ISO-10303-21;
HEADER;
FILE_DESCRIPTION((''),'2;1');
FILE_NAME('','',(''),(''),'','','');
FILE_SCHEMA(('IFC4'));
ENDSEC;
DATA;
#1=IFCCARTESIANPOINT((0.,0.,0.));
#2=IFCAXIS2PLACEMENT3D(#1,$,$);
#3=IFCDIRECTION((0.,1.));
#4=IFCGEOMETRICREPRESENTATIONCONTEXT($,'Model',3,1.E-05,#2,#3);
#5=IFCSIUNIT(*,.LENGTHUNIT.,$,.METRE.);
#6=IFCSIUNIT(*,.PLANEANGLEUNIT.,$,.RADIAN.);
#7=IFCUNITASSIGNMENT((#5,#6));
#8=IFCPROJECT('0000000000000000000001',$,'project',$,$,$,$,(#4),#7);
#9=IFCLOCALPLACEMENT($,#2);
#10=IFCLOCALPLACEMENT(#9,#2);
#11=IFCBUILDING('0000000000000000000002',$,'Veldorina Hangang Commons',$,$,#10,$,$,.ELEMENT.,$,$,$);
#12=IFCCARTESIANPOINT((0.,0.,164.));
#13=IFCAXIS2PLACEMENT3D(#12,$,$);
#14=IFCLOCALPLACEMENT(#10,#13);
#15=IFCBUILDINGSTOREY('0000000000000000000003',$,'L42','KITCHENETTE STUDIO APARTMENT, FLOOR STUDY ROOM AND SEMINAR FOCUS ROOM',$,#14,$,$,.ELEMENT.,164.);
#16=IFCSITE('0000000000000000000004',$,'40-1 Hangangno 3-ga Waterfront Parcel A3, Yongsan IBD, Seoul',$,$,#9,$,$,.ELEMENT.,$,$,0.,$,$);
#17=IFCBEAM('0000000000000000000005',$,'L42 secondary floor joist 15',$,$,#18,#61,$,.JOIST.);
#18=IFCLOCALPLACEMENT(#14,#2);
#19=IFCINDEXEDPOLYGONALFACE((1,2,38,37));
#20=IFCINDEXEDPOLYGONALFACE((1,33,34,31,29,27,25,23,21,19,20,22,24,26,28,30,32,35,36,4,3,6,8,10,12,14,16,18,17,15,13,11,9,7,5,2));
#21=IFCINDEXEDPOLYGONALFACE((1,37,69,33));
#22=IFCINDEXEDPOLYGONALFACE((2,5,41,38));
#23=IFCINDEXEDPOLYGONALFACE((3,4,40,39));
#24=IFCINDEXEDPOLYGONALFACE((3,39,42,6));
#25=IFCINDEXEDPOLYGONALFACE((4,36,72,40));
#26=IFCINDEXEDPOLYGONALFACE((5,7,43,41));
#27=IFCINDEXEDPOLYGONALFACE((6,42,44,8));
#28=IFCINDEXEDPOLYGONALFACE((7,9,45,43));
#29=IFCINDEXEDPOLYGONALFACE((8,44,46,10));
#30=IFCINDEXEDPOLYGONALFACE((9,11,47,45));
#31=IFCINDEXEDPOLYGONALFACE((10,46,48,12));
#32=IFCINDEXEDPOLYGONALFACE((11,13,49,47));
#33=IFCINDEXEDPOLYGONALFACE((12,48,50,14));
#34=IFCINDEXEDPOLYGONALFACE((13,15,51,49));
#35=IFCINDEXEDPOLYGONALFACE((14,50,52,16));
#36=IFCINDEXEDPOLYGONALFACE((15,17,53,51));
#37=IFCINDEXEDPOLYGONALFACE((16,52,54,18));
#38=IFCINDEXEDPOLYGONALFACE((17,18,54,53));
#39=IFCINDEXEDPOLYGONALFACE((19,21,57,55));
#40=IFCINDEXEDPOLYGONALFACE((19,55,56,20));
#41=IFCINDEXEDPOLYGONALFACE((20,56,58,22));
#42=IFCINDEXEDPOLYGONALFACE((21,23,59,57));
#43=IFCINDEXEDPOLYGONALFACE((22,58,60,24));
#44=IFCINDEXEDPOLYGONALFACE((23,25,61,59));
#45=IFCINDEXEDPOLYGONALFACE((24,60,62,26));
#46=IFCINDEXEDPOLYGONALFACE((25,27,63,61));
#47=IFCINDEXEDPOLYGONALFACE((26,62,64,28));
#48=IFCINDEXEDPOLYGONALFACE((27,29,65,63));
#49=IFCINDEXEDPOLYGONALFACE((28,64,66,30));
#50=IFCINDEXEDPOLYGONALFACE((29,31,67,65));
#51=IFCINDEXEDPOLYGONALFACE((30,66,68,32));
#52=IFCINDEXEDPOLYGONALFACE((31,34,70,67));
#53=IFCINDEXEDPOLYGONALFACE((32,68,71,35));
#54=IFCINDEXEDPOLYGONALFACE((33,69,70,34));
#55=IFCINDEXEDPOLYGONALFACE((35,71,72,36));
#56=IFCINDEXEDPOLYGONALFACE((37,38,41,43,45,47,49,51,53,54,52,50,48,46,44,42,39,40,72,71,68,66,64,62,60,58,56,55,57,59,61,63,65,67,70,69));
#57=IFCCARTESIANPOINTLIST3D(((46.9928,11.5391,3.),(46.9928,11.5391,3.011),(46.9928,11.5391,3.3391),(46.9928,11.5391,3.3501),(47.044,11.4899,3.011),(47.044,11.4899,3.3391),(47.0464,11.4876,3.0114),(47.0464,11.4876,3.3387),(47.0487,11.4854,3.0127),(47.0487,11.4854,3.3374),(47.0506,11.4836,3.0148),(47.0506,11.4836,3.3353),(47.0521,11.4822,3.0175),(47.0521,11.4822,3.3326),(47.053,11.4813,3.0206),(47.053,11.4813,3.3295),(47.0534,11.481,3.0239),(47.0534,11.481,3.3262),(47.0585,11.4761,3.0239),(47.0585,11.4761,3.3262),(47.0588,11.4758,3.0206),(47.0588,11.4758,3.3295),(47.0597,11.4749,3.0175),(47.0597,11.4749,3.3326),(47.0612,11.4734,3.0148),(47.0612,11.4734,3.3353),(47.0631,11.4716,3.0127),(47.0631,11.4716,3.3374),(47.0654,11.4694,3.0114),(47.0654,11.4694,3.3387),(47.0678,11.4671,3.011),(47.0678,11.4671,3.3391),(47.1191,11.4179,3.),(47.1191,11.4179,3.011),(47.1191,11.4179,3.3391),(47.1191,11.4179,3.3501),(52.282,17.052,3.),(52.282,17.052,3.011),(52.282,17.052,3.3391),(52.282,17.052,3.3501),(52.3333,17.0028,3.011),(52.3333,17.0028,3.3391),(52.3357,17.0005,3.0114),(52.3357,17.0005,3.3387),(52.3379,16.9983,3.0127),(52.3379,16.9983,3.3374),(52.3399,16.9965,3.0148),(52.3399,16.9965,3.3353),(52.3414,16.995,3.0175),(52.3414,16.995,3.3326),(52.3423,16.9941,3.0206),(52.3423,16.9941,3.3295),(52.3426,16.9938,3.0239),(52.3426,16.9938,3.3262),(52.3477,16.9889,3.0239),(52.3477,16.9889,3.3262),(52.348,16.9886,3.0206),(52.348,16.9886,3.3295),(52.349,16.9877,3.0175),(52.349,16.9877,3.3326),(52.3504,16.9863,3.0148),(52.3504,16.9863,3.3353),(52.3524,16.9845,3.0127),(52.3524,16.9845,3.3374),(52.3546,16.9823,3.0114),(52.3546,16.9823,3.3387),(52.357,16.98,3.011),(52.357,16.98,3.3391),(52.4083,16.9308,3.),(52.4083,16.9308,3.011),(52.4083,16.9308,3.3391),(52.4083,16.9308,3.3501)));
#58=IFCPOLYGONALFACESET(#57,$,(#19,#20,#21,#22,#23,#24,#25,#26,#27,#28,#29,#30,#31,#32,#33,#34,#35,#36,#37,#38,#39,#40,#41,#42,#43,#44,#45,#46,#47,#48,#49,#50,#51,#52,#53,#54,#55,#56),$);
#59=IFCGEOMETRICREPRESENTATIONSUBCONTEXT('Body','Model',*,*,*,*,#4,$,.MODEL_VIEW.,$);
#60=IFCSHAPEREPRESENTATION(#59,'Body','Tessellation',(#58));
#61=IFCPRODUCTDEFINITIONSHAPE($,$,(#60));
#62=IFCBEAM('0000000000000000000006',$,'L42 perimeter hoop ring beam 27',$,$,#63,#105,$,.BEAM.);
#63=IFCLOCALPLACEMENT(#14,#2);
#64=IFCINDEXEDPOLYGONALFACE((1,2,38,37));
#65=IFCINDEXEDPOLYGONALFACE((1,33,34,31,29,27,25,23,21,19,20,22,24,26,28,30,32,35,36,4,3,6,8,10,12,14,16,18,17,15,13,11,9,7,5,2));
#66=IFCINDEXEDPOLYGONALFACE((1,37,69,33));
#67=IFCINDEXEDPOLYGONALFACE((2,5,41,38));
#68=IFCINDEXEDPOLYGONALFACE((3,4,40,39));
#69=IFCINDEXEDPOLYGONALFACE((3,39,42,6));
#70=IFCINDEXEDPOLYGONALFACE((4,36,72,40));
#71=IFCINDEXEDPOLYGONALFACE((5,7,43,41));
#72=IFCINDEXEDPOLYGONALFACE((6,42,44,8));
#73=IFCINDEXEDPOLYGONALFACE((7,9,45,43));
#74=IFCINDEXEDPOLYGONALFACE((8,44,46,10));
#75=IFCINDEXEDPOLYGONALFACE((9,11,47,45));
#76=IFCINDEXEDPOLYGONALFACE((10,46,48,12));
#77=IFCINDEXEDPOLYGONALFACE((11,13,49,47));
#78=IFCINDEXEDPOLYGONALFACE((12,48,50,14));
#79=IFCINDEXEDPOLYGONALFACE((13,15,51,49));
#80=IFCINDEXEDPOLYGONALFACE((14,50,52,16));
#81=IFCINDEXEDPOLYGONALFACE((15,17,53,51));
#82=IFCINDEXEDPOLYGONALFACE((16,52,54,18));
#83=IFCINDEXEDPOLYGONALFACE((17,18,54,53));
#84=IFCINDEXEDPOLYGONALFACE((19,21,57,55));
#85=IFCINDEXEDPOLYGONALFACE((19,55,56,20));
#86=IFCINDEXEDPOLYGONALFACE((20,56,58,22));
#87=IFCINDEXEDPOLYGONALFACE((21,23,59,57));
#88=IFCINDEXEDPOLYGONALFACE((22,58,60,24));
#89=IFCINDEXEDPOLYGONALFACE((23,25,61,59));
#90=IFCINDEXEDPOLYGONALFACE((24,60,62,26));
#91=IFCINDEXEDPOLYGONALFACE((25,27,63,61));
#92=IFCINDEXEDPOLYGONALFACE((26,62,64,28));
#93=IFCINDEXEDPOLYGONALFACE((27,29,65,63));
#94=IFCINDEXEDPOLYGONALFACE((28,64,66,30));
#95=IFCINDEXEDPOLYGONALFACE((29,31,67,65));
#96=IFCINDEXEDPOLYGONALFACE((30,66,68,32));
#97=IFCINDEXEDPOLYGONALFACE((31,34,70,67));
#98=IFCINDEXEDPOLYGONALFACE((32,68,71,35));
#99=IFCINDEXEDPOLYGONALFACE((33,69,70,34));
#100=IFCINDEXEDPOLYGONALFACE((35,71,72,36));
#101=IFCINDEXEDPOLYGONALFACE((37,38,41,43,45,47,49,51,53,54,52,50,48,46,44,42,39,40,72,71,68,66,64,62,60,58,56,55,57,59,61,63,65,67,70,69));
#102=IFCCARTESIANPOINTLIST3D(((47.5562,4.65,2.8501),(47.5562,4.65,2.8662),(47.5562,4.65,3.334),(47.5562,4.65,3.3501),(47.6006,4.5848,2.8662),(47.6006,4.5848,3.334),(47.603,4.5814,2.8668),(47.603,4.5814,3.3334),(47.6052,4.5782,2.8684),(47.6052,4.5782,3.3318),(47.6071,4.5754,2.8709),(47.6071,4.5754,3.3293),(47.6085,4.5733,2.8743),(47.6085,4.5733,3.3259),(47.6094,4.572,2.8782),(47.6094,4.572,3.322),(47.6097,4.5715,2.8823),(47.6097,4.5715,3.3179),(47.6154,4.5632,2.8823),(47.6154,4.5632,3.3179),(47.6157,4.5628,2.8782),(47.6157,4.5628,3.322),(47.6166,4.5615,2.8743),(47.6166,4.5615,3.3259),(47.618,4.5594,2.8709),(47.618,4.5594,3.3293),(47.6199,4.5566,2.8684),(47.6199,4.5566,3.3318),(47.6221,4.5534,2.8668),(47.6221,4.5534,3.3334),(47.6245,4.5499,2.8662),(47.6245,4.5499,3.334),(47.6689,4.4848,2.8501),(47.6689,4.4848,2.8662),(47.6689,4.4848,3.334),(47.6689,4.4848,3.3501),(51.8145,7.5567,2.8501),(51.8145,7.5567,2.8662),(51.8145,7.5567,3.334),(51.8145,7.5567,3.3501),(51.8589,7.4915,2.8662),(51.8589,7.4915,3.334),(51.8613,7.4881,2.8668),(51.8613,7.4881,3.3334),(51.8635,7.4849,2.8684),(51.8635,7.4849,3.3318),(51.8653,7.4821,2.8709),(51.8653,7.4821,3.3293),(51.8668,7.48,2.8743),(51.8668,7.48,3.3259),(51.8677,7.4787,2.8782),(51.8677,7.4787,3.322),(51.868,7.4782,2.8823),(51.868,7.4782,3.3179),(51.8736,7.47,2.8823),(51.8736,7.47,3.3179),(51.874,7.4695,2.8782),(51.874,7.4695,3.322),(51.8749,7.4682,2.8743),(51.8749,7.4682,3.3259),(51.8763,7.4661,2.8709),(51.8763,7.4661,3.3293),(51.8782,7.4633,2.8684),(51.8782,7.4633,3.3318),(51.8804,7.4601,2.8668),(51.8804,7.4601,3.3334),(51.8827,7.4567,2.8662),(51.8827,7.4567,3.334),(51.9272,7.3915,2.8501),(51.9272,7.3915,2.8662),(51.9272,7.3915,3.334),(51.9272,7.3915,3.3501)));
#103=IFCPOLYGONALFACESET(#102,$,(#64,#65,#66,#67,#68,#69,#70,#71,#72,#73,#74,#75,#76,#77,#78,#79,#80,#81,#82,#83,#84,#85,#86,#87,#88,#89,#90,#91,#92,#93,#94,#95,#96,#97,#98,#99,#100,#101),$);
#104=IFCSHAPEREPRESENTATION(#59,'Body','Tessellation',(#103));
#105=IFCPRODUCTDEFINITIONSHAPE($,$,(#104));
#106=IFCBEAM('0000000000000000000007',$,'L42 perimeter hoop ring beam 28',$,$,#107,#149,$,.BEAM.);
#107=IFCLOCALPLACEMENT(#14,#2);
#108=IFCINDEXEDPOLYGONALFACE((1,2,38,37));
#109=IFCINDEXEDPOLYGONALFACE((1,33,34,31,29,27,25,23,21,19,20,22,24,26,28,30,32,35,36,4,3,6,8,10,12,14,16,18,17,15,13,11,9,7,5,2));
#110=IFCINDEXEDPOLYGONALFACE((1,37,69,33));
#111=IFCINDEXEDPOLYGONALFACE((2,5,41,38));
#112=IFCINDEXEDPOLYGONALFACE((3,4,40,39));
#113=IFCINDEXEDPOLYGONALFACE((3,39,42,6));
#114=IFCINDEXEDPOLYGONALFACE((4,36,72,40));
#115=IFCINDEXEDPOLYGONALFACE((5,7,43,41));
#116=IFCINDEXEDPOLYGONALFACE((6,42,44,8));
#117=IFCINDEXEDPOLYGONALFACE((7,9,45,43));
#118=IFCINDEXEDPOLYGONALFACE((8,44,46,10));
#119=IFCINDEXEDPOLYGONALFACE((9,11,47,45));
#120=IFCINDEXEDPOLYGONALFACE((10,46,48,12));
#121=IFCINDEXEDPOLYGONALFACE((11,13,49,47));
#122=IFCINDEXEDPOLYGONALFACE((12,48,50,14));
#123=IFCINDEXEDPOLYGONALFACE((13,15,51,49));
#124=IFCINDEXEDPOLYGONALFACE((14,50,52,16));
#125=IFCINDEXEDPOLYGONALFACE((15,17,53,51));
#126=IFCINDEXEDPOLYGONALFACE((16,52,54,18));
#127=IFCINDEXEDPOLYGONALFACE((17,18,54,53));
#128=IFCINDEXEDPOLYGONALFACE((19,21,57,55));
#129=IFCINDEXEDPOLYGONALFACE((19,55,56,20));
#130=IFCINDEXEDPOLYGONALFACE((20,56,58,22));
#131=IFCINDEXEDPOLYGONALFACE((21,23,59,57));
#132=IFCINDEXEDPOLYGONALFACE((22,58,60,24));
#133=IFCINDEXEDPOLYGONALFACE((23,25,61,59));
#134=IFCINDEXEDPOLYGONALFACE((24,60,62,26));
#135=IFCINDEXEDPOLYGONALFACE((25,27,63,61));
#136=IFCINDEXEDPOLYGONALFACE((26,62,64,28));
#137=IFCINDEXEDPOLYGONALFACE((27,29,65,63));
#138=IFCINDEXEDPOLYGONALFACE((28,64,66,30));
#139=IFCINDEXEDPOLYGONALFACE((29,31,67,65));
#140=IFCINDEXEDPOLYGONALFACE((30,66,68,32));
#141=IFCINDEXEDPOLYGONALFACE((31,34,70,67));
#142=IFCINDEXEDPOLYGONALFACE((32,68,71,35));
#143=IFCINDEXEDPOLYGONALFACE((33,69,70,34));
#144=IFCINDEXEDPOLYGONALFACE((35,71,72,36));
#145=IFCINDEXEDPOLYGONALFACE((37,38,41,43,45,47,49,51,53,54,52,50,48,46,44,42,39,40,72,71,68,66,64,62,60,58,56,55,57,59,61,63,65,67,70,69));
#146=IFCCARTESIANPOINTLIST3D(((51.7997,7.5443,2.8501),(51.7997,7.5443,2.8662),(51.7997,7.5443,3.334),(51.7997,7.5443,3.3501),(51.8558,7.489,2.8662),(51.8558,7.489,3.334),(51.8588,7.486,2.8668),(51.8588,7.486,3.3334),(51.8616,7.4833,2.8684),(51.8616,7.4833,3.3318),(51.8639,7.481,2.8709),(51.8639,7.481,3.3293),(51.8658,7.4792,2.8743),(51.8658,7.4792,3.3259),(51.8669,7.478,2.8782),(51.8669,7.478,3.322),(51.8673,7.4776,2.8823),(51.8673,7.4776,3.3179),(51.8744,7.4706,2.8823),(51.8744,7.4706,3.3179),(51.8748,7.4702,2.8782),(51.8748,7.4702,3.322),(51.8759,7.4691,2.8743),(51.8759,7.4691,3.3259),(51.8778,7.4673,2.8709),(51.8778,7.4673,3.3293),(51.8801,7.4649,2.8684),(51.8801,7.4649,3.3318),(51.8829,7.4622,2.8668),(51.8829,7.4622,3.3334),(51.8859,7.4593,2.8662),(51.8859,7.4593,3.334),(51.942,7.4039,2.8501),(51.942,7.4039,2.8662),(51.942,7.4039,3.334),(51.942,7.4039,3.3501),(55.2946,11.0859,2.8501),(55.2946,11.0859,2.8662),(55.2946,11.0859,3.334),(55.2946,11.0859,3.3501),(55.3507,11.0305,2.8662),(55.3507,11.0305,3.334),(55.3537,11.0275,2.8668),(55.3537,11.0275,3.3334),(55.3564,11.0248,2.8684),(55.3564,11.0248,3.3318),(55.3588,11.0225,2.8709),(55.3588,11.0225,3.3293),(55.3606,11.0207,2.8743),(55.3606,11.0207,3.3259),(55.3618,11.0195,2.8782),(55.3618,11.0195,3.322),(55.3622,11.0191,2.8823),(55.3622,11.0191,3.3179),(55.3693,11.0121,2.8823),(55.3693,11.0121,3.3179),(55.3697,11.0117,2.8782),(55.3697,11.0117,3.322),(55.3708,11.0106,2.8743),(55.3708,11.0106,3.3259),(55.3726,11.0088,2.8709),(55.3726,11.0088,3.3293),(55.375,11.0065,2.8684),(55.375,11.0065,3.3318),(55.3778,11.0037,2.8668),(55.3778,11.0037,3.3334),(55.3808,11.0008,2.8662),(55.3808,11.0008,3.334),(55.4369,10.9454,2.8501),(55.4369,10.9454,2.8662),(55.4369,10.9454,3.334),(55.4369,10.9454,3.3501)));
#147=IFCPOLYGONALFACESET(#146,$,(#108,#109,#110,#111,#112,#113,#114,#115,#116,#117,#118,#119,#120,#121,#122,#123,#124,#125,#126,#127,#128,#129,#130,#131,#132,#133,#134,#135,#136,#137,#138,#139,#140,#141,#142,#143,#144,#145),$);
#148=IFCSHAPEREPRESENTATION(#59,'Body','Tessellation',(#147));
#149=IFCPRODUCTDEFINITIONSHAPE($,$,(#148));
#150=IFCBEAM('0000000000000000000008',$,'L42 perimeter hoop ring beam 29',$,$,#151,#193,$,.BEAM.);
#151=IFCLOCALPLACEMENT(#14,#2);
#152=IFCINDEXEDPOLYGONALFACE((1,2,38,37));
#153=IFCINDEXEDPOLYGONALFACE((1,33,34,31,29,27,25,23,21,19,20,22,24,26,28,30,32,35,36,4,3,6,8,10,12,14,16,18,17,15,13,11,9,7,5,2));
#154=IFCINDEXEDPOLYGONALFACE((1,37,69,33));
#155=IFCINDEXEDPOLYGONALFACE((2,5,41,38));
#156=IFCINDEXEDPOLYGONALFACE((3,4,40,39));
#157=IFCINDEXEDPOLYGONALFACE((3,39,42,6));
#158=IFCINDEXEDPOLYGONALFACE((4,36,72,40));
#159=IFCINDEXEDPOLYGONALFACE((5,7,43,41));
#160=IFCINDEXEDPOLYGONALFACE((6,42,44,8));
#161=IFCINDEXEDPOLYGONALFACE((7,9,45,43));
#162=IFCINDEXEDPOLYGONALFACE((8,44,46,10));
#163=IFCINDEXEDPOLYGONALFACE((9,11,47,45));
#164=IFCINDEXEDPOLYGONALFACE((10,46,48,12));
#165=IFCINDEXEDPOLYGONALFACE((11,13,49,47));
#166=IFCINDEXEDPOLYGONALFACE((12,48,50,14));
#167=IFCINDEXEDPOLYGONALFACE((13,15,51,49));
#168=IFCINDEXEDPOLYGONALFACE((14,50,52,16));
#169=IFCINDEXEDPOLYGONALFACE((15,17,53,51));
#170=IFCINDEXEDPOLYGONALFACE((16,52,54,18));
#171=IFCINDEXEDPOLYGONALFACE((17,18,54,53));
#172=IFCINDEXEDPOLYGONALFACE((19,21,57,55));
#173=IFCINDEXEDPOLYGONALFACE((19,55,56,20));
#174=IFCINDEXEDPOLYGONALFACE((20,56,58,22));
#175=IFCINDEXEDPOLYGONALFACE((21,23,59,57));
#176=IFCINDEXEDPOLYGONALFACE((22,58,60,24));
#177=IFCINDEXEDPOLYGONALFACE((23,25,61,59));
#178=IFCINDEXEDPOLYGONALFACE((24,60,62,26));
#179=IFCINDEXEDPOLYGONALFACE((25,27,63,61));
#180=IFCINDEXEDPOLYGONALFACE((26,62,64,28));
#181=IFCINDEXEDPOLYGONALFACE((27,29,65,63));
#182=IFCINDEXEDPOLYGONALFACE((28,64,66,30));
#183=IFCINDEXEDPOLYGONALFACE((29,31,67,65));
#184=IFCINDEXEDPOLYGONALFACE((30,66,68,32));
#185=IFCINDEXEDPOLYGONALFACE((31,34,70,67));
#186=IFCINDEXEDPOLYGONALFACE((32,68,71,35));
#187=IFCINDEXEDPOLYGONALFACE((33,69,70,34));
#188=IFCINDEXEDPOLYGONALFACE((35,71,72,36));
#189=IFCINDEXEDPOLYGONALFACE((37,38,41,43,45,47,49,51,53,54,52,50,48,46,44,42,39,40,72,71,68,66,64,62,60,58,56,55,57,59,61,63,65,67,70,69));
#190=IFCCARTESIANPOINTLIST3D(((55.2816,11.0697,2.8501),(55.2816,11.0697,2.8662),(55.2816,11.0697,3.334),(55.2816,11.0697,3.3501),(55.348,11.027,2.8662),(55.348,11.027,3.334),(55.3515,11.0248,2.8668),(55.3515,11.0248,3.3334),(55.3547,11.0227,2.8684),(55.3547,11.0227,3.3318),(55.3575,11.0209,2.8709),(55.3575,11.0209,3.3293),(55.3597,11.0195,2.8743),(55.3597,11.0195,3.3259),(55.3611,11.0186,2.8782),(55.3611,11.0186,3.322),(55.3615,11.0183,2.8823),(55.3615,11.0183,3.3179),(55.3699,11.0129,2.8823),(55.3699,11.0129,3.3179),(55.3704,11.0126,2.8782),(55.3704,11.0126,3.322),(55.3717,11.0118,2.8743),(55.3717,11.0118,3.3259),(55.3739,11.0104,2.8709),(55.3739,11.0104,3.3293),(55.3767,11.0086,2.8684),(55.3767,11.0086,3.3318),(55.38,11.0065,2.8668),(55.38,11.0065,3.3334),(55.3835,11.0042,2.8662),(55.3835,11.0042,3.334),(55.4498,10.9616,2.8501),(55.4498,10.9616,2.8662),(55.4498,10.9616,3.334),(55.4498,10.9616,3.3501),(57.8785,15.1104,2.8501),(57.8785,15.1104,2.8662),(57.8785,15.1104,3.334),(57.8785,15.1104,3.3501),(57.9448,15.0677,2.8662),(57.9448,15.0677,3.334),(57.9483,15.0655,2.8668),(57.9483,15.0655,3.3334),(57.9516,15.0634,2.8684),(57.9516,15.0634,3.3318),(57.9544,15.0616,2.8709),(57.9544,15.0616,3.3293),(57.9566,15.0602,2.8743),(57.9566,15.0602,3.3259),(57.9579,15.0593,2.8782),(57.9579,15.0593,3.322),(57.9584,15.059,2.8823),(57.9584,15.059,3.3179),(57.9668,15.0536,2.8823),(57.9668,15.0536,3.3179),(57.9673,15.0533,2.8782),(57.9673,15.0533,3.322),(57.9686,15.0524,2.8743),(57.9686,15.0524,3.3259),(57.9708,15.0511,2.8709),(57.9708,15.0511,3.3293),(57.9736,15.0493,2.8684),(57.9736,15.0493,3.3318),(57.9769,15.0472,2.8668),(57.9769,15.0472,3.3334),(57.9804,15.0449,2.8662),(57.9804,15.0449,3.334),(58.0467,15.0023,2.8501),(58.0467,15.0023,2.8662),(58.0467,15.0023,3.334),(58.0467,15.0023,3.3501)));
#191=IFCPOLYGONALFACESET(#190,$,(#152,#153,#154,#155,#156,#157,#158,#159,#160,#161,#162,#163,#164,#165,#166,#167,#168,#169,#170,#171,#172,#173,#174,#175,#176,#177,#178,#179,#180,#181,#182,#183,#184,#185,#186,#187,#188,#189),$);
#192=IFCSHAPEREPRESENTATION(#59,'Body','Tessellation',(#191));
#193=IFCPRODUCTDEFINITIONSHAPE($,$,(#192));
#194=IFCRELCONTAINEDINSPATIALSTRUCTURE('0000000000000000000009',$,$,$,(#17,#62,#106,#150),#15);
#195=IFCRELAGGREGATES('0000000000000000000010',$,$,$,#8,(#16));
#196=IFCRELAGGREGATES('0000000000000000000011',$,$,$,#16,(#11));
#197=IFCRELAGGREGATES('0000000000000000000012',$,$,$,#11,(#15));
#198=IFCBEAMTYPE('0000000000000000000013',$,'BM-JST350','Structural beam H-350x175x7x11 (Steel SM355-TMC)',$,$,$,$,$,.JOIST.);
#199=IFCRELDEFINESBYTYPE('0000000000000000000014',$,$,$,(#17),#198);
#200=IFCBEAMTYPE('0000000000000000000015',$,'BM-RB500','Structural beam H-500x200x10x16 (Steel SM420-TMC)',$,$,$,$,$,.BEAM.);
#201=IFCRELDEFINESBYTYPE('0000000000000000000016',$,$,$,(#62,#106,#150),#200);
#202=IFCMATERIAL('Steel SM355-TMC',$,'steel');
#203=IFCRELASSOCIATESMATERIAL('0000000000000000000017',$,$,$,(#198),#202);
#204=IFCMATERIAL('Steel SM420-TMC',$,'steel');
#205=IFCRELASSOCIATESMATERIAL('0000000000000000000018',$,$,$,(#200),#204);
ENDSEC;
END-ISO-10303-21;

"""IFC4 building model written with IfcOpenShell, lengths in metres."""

from ifc_helpers import new_model, si_unit, direction, frame, origin, origin_2d, place, context, subcontext, project, spatial, i_section, extrude, material, material_profile, profile_set, type_object, element, save


model = new_model("IFC4")

# Units and contexts
model_context = context("Model", 3, precision=1e-05, world=origin(), true_north=direction((0.0, 1.0)))
body_context = subcontext(model_context, "Body", "Model", "MODEL_VIEW")
ifc_project = project(units=[si_unit("LENGTHUNIT", "METRE"), si_unit("PLANEANGLEUNIT", "RADIAN")], contexts=[model_context])

# Site, building, storey
site_placement = place(None, origin())
site = spatial("IfcSite", under=ifc_project, at=site_placement, Name="40-1 Hangangno 3-ga Waterfront Parcel A3, Yongsan IBD, Seoul", CompositionType="ELEMENT", RefElevation=0.0)
building_placement = place(site_placement, origin())
building = spatial("IfcBuilding", under=site, at=building_placement, Name="Veldorina Hangang Commons", CompositionType="ELEMENT")
storey_placement = place(building_placement, frame((0.0, 0.0, 164.0)))
storey = spatial("IfcBuildingStorey", under=building, at=storey_placement, Name="L42", Description="KITCHENETTE STUDIO APARTMENT, FLOOR STUDY ROOM AND SEMINAR FOCUS ROOM", CompositionType="ELEMENT", Elevation=164.0)

# Beams
ifc_material_1 = material(Name="Steel SM355-TMC", Category="steel")
ifc_material_profile_1 = material_profile(ifc_material_1, i_section(OverallWidth=0.175, OverallDepth=0.3501, WebThickness=0.0071, FlangeThickness=0.011, FilletRadius=0.0129, at=origin_2d()), Name="H-350x175x7x11")
ifc_profile_set_1 = profile_set([ifc_material_profile_1], Name="Steel SM355-TMC")
beam_type_1 = type_object("IfcBeamType", Name="BM-JST350", Description="Structural beam H-350x175x7x11 (Steel SM355-TMC)", PredefinedType="JOIST", material=ifc_profile_set_1)
beam_1_placement = place(storey_placement, frame((47.0559, 11.4785, 3.175), z_axis=(0.69232, 0.721591, 0.0), x_axis=(-0.721591, 0.69232, 0.0)))
element("IfcBeam", 1, at=beam_1_placement, inside=storey, type_object=beam_type_1, Name="L42 secondary floor joist 15", PredefinedType="JOIST", context=body_context, shape_type="SweptSolid", body=[
    extrude(i_section(OverallWidth=0.175, OverallDepth=0.3501, WebThickness=0.0071, FlangeThickness=0.011, FilletRadius=0.0129, at=origin_2d()), origin(), (0.0, 0.0, 1.0), 7.6399),
])
ifc_material_2 = material(Name="Steel SM420-TMC", Category="steel")
ifc_material_profile_2 = material_profile(ifc_material_2, i_section(OverallWidth=0.2, OverallDepth=0.5, WebThickness=0.01, FlangeThickness=0.0161, FilletRadius=0.0161, at=origin_2d()), Name="H-500x200x10x16")
ifc_profile_set_2 = profile_set([ifc_material_profile_2], Name="Steel SM420-TMC")
beam_type_2 = type_object("IfcBeamType", Name="BM-RB500", Description="Structural beam H-500x200x10x16 (Steel SM420-TMC)", PredefinedType="BEAM", material=ifc_profile_set_2)
beam_2_placement = place(storey_placement, frame((47.6125, 4.5674, 3.1001), z_axis=(0.825925, 0.56378, 0.0), x_axis=(-0.56378, 0.825925, 0.0)))
element("IfcBeam", 2, at=beam_2_placement, inside=storey, type_object=beam_type_2, Name="L42 perimeter hoop ring beam 27", PredefinedType="BEAM", context=body_context, shape_type="SweptSolid", body=[
    extrude(i_section(OverallWidth=0.2, OverallDepth=0.5, WebThickness=0.01, FlangeThickness=0.0161, FilletRadius=0.0161, at=origin_2d()), origin(), (0.0, 0.0, 1.0), 5.1558),
])
beam_3_placement = place(storey_placement, frame((51.8708, 7.4741, 3.1001), z_axis=(0.702405, 0.711777, 0.0), x_axis=(-0.711777, 0.702405, 0.0)))
element("IfcBeam", 3, at=beam_3_placement, inside=storey, type_object=beam_type_2, Name="L42 perimeter hoop ring beam 28", PredefinedType="BEAM", context=body_context, shape_type="SweptSolid", body=[
    extrude(i_section(OverallWidth=0.2, OverallDepth=0.5, WebThickness=0.01, FlangeThickness=0.0161, FilletRadius=0.0161, at=origin_2d()), origin(), (0.0, 0.0, 1.0), 4.9756),
])
beam_4_placement = place(storey_placement, frame((55.3657, 11.0156, 3.1001), z_axis=(0.540652, 0.841246, 0.0), x_axis=(-0.841246, 0.540652, 0.0)))
element("IfcBeam", 4, at=beam_4_placement, inside=storey, type_object=beam_type_2, Name="L42 perimeter hoop ring beam 29", PredefinedType="BEAM", context=body_context, shape_type="SweptSolid", body=[
    extrude(i_section(OverallWidth=0.2, OverallDepth=0.5, WebThickness=0.01, FlangeThickness=0.0161, FilletRadius=0.0161, at=origin_2d()), origin(), (0.0, 0.0, 1.0), 4.8032),
])

save(model, "model.ifc")
